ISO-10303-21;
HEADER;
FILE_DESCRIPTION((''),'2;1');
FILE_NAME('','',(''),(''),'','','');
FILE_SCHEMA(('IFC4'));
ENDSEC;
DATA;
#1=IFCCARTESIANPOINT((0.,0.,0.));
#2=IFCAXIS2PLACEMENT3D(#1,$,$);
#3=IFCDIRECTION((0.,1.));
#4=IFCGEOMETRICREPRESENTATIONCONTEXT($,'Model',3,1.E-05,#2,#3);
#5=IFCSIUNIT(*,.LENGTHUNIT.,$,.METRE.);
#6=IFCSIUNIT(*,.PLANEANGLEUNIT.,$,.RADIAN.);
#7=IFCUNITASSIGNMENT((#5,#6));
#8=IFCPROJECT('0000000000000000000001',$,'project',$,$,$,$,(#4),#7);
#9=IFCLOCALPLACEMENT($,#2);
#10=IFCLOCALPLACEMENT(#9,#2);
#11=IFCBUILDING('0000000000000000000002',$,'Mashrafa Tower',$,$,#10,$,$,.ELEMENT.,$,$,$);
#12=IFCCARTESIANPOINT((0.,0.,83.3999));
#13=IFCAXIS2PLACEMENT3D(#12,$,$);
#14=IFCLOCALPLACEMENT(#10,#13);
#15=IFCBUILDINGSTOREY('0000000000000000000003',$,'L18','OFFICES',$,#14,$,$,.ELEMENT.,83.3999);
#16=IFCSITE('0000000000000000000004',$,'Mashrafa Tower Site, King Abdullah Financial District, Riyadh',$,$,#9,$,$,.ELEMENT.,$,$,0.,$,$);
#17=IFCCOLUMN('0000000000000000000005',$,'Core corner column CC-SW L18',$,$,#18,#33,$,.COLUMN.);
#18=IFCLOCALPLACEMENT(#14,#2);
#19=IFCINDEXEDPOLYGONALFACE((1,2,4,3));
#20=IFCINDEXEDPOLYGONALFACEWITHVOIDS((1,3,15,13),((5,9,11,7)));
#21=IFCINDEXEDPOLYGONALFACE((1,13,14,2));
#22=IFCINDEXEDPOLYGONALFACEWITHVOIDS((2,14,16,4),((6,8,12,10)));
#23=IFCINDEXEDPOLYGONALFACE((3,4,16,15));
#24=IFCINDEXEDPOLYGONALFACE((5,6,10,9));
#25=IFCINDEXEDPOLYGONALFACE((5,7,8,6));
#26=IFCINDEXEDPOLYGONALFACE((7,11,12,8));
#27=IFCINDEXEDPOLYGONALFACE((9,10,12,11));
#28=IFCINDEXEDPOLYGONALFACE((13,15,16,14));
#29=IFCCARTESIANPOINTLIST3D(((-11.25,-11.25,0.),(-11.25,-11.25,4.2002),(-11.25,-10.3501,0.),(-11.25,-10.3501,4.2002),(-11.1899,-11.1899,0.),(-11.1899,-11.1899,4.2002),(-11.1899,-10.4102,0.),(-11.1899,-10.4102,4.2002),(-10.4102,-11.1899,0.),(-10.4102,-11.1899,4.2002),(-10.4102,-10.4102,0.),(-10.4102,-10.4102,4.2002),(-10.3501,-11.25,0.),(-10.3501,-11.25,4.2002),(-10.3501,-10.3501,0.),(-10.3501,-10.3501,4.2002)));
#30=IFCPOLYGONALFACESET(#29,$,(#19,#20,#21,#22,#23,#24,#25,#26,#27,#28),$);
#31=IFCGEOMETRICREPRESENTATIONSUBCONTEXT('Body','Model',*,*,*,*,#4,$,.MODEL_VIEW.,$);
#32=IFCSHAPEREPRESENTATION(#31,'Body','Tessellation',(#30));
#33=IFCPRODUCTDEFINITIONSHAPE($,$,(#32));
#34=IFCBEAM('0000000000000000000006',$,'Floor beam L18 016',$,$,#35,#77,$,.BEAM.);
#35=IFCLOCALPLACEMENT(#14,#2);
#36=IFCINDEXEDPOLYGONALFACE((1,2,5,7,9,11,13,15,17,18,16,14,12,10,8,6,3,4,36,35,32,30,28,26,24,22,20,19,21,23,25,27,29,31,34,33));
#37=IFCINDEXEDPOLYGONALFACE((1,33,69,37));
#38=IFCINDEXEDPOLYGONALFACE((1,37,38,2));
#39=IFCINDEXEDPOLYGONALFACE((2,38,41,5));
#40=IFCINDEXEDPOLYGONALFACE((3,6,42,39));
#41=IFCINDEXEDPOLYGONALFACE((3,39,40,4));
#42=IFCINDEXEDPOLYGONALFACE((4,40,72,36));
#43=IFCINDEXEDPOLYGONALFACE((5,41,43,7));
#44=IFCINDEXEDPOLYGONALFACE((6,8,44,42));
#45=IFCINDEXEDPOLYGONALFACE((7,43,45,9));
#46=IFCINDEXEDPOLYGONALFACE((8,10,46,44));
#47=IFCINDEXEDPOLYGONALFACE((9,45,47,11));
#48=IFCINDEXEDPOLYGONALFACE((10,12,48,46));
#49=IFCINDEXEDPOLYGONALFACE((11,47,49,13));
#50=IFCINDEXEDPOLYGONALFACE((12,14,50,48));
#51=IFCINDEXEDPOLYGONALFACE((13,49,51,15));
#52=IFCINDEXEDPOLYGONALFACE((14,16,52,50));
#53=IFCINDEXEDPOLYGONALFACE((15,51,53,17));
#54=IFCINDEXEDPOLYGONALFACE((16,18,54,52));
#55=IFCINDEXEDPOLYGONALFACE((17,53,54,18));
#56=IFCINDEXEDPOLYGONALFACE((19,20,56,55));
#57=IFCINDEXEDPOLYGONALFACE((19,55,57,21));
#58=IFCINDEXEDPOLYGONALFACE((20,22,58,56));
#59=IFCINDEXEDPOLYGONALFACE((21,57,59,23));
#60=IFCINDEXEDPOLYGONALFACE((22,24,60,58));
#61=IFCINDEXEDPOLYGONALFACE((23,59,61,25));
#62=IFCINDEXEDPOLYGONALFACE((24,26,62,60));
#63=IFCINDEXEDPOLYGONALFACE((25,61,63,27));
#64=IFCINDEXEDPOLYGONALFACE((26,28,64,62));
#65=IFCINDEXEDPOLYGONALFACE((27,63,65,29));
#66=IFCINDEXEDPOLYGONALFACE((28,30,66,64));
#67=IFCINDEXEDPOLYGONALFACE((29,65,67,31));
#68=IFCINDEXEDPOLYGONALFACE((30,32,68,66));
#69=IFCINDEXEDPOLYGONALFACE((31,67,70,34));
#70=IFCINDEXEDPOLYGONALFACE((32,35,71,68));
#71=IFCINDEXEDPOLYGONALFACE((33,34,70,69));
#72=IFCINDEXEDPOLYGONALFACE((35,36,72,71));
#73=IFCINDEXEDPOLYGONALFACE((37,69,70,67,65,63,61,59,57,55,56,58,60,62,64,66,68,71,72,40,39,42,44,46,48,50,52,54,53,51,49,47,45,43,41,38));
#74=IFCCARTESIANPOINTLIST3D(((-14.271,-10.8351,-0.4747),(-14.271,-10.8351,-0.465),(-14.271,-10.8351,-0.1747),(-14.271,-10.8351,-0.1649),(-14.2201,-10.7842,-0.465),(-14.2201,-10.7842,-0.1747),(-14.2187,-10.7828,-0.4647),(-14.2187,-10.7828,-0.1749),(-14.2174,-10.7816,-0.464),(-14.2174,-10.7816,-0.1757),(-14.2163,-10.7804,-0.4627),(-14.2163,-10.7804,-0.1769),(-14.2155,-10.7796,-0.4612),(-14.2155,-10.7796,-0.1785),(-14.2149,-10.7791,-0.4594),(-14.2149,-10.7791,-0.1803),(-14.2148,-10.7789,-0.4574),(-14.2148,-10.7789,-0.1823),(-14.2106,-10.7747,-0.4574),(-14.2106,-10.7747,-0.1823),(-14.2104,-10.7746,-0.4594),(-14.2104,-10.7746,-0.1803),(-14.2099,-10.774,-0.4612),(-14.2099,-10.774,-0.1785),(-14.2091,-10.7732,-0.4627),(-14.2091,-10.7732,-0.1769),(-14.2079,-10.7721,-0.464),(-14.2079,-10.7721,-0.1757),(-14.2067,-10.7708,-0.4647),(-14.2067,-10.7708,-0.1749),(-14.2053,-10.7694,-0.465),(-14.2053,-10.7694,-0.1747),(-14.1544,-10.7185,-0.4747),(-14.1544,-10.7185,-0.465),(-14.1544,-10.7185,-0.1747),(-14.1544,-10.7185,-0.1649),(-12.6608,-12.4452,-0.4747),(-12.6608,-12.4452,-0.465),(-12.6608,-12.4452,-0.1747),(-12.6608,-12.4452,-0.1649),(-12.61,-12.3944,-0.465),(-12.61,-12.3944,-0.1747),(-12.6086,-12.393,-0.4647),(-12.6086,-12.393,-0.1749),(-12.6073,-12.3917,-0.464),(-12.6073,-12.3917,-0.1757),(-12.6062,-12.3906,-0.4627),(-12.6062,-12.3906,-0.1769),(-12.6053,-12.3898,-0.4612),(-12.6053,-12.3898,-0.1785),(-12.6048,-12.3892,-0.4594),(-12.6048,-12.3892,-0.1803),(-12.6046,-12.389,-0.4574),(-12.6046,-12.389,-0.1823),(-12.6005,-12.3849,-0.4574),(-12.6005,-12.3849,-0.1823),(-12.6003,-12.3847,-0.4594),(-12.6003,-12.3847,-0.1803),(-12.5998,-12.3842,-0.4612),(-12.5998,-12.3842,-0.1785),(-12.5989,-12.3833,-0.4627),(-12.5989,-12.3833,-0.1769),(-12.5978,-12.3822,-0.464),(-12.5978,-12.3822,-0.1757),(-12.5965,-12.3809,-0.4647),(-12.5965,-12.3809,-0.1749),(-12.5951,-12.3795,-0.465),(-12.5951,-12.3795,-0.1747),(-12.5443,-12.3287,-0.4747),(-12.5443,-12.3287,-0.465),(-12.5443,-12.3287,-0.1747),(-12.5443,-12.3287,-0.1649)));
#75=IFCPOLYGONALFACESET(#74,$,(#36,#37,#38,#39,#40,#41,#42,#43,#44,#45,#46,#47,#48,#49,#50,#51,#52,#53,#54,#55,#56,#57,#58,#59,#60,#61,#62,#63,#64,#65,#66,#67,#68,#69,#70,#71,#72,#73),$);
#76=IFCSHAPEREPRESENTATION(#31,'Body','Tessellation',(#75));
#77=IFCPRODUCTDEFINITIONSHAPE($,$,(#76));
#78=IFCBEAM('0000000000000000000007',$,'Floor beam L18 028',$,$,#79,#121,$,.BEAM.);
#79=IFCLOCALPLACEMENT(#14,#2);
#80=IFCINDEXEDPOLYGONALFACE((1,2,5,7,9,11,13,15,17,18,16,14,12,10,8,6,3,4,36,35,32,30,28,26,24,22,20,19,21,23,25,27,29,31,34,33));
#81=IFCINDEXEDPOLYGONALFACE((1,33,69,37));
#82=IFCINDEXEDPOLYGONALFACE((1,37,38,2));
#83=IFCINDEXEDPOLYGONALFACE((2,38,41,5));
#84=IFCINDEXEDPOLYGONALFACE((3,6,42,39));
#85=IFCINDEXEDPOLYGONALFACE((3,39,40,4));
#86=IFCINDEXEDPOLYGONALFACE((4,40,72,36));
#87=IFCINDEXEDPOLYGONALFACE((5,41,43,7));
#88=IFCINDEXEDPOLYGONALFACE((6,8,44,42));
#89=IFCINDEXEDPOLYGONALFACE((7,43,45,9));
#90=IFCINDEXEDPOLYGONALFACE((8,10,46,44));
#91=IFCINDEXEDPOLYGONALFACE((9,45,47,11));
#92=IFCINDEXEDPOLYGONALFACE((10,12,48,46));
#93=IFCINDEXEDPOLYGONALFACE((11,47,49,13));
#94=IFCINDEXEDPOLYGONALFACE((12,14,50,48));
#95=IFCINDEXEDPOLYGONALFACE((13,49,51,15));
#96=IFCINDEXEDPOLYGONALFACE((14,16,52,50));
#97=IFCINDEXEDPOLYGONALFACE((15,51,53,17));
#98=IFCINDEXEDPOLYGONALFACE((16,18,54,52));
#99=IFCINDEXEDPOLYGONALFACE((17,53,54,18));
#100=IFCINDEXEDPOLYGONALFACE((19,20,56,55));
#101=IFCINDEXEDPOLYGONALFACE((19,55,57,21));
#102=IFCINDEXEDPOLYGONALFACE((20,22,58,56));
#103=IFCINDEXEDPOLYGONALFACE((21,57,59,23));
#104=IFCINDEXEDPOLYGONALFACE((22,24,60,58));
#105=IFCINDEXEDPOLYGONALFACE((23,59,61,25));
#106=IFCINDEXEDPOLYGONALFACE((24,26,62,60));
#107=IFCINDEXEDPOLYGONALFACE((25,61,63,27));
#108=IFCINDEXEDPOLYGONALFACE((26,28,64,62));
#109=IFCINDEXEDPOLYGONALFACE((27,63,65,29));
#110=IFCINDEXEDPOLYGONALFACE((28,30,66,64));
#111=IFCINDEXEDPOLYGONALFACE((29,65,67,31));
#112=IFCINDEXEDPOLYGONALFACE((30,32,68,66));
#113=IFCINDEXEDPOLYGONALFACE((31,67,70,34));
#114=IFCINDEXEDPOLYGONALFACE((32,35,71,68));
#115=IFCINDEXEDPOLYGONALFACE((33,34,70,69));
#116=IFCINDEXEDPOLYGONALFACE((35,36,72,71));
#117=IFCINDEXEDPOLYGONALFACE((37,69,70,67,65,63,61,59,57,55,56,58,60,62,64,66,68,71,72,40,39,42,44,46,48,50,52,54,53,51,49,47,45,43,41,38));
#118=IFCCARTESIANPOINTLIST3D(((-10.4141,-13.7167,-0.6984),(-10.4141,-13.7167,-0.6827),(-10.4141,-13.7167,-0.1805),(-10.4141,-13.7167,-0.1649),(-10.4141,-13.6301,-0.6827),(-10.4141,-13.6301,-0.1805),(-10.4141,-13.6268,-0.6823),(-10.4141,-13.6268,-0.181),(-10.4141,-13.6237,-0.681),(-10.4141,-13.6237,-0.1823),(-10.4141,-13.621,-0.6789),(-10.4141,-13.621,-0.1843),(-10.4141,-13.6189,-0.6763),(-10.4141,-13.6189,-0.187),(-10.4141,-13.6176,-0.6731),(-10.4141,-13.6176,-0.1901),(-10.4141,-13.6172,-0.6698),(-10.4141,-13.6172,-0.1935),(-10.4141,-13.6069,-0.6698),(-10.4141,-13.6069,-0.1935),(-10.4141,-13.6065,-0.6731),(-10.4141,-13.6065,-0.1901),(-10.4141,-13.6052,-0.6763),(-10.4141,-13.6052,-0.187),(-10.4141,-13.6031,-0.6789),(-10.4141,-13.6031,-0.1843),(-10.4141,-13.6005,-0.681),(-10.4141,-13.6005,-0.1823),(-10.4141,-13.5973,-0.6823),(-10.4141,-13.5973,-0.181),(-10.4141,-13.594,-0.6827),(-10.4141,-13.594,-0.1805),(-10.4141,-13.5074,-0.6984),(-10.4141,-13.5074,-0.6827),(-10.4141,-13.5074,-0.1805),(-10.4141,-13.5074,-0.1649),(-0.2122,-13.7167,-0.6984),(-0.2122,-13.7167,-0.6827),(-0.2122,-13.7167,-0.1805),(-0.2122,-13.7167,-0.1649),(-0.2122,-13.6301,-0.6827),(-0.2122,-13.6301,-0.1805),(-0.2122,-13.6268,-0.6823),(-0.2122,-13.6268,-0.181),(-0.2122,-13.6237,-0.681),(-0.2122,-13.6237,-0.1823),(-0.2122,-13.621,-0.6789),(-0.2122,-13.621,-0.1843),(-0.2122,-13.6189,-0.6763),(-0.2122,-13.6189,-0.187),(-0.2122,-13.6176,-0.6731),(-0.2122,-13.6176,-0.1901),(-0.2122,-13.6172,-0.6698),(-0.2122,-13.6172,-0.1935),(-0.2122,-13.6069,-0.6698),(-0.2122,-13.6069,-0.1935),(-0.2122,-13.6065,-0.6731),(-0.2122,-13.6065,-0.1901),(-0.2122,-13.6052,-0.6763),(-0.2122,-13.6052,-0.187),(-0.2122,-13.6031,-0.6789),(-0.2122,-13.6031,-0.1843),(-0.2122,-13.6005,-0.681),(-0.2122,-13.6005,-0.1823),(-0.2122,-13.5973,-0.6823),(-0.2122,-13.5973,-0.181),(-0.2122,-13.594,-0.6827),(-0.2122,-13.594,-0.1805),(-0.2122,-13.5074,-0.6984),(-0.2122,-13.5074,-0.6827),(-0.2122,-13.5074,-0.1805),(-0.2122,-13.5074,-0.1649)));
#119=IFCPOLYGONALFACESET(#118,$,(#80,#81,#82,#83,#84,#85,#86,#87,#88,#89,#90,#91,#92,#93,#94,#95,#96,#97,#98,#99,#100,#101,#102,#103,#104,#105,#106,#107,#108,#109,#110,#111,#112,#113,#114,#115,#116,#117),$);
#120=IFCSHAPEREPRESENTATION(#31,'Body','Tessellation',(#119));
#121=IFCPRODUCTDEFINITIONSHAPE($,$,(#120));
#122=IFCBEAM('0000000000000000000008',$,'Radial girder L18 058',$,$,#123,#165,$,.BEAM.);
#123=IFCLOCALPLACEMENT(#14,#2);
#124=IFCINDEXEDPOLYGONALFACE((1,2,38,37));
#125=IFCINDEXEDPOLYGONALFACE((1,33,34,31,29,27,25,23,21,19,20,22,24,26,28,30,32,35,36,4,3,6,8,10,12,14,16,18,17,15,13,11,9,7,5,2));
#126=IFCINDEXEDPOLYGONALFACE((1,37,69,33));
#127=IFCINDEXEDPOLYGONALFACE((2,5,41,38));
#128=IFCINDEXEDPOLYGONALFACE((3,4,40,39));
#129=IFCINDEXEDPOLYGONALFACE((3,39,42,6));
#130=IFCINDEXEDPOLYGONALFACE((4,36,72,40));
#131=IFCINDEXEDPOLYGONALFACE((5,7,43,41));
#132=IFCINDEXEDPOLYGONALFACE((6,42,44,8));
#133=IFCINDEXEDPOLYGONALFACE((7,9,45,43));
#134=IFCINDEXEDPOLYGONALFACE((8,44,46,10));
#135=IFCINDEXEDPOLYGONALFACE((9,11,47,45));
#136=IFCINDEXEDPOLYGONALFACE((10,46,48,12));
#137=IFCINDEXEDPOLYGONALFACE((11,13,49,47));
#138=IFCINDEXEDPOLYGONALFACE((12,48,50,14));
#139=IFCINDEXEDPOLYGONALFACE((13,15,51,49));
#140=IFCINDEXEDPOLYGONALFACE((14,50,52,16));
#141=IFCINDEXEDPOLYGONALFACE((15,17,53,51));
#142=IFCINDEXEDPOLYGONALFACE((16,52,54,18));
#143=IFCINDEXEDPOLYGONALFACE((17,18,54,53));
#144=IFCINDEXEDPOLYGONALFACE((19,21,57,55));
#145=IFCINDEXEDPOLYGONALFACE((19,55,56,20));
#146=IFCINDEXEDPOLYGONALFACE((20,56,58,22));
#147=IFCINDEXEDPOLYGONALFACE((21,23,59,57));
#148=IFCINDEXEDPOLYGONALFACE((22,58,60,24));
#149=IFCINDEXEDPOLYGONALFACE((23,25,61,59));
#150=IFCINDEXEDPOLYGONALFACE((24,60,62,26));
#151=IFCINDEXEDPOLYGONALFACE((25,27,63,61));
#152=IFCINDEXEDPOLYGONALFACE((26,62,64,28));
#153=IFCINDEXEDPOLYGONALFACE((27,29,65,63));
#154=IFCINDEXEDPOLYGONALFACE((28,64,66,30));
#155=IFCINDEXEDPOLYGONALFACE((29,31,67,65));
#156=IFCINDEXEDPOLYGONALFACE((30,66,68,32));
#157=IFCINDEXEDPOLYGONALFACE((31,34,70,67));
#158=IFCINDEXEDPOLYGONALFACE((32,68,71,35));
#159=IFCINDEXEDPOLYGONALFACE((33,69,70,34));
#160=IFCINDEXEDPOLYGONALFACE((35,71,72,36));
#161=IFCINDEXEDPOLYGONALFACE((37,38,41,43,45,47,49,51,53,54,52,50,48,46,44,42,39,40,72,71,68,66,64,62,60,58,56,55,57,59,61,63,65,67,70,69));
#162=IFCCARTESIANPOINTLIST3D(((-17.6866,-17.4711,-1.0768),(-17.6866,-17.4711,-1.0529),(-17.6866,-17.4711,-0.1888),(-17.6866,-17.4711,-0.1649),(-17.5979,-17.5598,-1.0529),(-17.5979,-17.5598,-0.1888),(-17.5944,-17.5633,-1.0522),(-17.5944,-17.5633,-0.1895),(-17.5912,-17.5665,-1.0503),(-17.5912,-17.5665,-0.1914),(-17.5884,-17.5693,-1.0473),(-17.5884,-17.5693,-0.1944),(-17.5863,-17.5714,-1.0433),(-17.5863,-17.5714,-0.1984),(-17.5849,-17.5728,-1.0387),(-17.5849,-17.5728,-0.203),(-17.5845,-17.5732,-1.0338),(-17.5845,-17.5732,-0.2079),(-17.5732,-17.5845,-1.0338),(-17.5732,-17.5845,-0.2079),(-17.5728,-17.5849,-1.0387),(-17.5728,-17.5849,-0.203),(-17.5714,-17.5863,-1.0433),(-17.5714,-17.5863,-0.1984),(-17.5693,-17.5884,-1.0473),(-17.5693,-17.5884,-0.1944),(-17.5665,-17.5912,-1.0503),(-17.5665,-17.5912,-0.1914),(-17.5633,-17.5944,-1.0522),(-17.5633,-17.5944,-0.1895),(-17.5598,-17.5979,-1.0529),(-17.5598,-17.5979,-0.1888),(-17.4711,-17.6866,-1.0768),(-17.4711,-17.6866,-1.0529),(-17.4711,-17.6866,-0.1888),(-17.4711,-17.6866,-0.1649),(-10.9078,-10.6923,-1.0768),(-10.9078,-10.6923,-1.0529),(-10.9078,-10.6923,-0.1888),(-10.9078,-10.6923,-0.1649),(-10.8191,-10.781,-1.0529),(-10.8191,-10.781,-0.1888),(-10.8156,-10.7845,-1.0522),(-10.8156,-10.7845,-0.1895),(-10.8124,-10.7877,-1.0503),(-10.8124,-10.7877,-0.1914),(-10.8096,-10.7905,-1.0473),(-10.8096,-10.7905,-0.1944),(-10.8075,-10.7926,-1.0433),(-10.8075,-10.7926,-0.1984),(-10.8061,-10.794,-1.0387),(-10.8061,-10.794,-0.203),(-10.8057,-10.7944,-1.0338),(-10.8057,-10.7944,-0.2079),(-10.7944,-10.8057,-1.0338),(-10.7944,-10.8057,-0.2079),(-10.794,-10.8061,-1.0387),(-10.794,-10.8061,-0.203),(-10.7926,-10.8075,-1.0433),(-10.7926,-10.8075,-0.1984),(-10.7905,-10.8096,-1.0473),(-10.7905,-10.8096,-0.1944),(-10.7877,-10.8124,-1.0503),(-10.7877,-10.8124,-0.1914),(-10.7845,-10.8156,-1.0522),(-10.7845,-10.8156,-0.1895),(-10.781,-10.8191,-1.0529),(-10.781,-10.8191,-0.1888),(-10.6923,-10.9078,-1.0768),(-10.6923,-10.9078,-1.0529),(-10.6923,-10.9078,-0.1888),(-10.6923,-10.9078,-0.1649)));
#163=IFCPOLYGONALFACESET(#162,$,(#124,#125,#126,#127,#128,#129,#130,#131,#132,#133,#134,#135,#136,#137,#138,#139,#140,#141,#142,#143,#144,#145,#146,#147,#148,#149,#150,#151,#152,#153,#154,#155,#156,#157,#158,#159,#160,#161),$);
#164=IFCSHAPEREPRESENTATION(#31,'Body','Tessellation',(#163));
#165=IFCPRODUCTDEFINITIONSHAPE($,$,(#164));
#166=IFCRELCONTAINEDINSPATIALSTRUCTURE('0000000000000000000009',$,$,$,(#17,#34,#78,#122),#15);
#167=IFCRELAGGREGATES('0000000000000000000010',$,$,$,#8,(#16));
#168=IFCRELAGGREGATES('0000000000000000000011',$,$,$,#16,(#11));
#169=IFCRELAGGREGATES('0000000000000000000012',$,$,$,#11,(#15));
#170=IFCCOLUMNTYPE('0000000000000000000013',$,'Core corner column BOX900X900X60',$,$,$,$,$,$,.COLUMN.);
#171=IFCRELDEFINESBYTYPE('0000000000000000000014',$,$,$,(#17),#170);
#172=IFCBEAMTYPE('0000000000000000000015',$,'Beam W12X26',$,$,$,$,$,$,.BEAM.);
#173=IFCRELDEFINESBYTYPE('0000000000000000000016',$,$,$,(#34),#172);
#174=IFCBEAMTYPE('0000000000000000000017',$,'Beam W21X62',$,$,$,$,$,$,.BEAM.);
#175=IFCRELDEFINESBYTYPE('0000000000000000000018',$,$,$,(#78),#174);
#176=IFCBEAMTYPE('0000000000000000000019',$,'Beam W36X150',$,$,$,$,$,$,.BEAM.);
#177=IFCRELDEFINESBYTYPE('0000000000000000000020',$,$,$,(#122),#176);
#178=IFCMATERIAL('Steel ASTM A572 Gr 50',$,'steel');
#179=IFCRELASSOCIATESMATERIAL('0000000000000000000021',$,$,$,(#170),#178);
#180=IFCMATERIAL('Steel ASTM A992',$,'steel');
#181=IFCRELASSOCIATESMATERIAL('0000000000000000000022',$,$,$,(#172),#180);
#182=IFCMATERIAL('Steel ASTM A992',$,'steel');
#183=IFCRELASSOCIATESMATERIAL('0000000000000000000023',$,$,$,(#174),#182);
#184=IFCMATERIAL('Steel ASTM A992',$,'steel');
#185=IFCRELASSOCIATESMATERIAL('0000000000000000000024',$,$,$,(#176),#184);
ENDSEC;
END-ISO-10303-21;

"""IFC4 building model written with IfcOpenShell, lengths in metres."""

from ifc_helpers import new_model, si_unit, direction, frame, origin, origin_2d, place, context, subcontext, project, spatial, hollow_rectangle, i_section, extrude, material, material_profile, profile_set, type_object, element, save


model = new_model("IFC4")

# Units and contexts
model_context = context("Model", 3, precision=1e-05, world=origin(), true_north=direction((0.0, 1.0)))
body_context = subcontext(model_context, "Body", "Model", "MODEL_VIEW")
ifc_project = project(units=[si_unit("LENGTHUNIT", "METRE"), si_unit("PLANEANGLEUNIT", "RADIAN")], contexts=[model_context])

# Site, building, storey
site_placement = place(None, origin())
site = spatial("IfcSite", under=ifc_project, at=site_placement, Name="Mashrafa Tower Site, King Abdullah Financial District, Riyadh", CompositionType="ELEMENT", RefElevation=0.0)
building_placement = place(site_placement, origin())
building = spatial("IfcBuilding", under=site, at=building_placement, Name="Mashrafa Tower", CompositionType="ELEMENT")
storey_placement = place(building_placement, frame((0.0, 0.0, 83.3999)))
storey = spatial("IfcBuildingStorey", under=building, at=storey_placement, Name="L18", Description="OFFICES", CompositionType="ELEMENT", Elevation=83.3999)

# Column
ifc_material_1 = material(Name="Steel ASTM A572 Gr 50", Category="steel")
ifc_material_profile_1 = material_profile(ifc_material_1, hollow_rectangle(XDim=0.8999, YDim=0.8999, WallThickness=0.0601, at=origin_2d()), Name="BOX900X900X60")
ifc_profile_set_1 = profile_set([ifc_material_profile_1], Name="Steel ASTM A572 Gr 50")
column_type = type_object("IfcColumnType", Name="Core corner column BOX900X900X60", PredefinedType="COLUMN", material=ifc_profile_set_1)
column_placement = place(storey_placement, frame((-10.8, -10.8, 0.0), z_axis=(0.0, 0.0, 1.0), x_axis=(1.0, 0.0, 0.0)))
element("IfcColumn", 1, at=column_placement, inside=storey, type_object=column_type, Name="Core corner column CC-SW L18", PredefinedType="COLUMN", context=body_context, shape_type="SweptSolid", body=[
    extrude(hollow_rectangle(XDim=0.8999, YDim=0.8999, WallThickness=0.0601, at=origin_2d()), origin(), (0.0, 0.0, 1.0), 4.2002),
])

# Beams
ifc_material_2 = material(Name="Steel ASTM A992", Category="steel")
ifc_material_profile_2 = material_profile(ifc_material_2, i_section(OverallWidth=0.1648, OverallDepth=0.3098, WebThickness=0.0059, FlangeThickness=0.0098, FilletRadius=0.0076, at=origin_2d()), Name="W12X26")
ifc_profile_set_2 = profile_set([ifc_material_profile_2], Name="Steel ASTM A992")
beam_type_1 = type_object("IfcBeamType", Name="Beam W12X26", PredefinedType="BEAM", material=ifc_profile_set_2)
beam_1_placement = place(storey_placement, frame((-12.6025, -12.387, -0.3198), z_axis=(-0.707107, 0.707107, 0.0), x_axis=(-0.707107, -0.707107, 0.0)))
element("IfcBeam", 2, at=beam_1_placement, inside=storey, type_object=beam_type_1, Name="Floor beam L18 016", PredefinedType="BEAM", context=body_context, shape_type="SweptSolid", body=[
    extrude(i_section(OverallWidth=0.1648, OverallDepth=0.3098, WebThickness=0.0059, FlangeThickness=0.0098, FilletRadius=0.0076, at=origin_2d()), origin(), (0.0, 0.0, 1.0), 2.2771),
])
ifc_material_3 = material(Name="Steel ASTM A992", Category="steel")
ifc_material_profile_3 = material_profile(ifc_material_3, i_section(OverallWidth=0.2092, OverallDepth=0.5334, WebThickness=0.0103, FlangeThickness=0.0156, FilletRadius=0.0129, at=origin_2d()), Name="W21X62")
ifc_profile_set_3 = profile_set([ifc_material_profile_3], Name="Steel ASTM A992")
beam_type_2 = type_object("IfcBeamType", Name="Beam W21X62", PredefinedType="BEAM", material=ifc_profile_set_3)
beam_2_placement = place(storey_placement, frame((-0.2122, -13.6121, -0.4316), z_axis=(-1.0, 0.0, 0.0), x_axis=(0.0, -1.0, 0.0)))
element("IfcBeam", 3, at=beam_2_placement, inside=storey, type_object=beam_type_2, Name="Floor beam L18 028", PredefinedType="BEAM", context=body_context, shape_type="SweptSolid", body=[
    extrude(i_section(OverallWidth=0.2092, OverallDepth=0.5334, WebThickness=0.0103, FlangeThickness=0.0156, FilletRadius=0.0129, at=origin_2d()), origin(), (0.0, 0.0, 1.0), 10.2019),
])
ifc_material_4 = material(Name="Steel ASTM A992", Category="steel")
ifc_material_profile_4 = material_profile(ifc_material_4, i_section(OverallWidth=0.3047, OverallDepth=0.9119, WebThickness=0.0159, FlangeThickness=0.0239, FilletRadius=0.019, at=origin_2d()), Name="W36X150")
ifc_profile_set_4 = profile_set([ifc_material_profile_4], Name="Steel ASTM A992")
beam_type_3 = type_object("IfcBeamType", Name="Beam W36X150", PredefinedType="BEAM", material=ifc_profile_set_4)
beam_3_placement = place(storey_placement, frame((-10.8, -10.8, -0.6208), z_axis=(-0.707107, -0.707107, 0.0), x_axis=(0.707107, -0.707107, 0.0)))
element("IfcBeam", 4, at=beam_3_placement, inside=storey, type_object=beam_type_3, Name="Radial girder L18 058", PredefinedType="BEAM", context=body_context, shape_type="SweptSolid", body=[
    extrude(i_section(OverallWidth=0.3047, OverallDepth=0.9119, WebThickness=0.0159, FlangeThickness=0.0239, FilletRadius=0.019, at=origin_2d()), origin(), (0.0, 0.0, 1.0), 9.5867),
])

save(model, "model.ifc")
